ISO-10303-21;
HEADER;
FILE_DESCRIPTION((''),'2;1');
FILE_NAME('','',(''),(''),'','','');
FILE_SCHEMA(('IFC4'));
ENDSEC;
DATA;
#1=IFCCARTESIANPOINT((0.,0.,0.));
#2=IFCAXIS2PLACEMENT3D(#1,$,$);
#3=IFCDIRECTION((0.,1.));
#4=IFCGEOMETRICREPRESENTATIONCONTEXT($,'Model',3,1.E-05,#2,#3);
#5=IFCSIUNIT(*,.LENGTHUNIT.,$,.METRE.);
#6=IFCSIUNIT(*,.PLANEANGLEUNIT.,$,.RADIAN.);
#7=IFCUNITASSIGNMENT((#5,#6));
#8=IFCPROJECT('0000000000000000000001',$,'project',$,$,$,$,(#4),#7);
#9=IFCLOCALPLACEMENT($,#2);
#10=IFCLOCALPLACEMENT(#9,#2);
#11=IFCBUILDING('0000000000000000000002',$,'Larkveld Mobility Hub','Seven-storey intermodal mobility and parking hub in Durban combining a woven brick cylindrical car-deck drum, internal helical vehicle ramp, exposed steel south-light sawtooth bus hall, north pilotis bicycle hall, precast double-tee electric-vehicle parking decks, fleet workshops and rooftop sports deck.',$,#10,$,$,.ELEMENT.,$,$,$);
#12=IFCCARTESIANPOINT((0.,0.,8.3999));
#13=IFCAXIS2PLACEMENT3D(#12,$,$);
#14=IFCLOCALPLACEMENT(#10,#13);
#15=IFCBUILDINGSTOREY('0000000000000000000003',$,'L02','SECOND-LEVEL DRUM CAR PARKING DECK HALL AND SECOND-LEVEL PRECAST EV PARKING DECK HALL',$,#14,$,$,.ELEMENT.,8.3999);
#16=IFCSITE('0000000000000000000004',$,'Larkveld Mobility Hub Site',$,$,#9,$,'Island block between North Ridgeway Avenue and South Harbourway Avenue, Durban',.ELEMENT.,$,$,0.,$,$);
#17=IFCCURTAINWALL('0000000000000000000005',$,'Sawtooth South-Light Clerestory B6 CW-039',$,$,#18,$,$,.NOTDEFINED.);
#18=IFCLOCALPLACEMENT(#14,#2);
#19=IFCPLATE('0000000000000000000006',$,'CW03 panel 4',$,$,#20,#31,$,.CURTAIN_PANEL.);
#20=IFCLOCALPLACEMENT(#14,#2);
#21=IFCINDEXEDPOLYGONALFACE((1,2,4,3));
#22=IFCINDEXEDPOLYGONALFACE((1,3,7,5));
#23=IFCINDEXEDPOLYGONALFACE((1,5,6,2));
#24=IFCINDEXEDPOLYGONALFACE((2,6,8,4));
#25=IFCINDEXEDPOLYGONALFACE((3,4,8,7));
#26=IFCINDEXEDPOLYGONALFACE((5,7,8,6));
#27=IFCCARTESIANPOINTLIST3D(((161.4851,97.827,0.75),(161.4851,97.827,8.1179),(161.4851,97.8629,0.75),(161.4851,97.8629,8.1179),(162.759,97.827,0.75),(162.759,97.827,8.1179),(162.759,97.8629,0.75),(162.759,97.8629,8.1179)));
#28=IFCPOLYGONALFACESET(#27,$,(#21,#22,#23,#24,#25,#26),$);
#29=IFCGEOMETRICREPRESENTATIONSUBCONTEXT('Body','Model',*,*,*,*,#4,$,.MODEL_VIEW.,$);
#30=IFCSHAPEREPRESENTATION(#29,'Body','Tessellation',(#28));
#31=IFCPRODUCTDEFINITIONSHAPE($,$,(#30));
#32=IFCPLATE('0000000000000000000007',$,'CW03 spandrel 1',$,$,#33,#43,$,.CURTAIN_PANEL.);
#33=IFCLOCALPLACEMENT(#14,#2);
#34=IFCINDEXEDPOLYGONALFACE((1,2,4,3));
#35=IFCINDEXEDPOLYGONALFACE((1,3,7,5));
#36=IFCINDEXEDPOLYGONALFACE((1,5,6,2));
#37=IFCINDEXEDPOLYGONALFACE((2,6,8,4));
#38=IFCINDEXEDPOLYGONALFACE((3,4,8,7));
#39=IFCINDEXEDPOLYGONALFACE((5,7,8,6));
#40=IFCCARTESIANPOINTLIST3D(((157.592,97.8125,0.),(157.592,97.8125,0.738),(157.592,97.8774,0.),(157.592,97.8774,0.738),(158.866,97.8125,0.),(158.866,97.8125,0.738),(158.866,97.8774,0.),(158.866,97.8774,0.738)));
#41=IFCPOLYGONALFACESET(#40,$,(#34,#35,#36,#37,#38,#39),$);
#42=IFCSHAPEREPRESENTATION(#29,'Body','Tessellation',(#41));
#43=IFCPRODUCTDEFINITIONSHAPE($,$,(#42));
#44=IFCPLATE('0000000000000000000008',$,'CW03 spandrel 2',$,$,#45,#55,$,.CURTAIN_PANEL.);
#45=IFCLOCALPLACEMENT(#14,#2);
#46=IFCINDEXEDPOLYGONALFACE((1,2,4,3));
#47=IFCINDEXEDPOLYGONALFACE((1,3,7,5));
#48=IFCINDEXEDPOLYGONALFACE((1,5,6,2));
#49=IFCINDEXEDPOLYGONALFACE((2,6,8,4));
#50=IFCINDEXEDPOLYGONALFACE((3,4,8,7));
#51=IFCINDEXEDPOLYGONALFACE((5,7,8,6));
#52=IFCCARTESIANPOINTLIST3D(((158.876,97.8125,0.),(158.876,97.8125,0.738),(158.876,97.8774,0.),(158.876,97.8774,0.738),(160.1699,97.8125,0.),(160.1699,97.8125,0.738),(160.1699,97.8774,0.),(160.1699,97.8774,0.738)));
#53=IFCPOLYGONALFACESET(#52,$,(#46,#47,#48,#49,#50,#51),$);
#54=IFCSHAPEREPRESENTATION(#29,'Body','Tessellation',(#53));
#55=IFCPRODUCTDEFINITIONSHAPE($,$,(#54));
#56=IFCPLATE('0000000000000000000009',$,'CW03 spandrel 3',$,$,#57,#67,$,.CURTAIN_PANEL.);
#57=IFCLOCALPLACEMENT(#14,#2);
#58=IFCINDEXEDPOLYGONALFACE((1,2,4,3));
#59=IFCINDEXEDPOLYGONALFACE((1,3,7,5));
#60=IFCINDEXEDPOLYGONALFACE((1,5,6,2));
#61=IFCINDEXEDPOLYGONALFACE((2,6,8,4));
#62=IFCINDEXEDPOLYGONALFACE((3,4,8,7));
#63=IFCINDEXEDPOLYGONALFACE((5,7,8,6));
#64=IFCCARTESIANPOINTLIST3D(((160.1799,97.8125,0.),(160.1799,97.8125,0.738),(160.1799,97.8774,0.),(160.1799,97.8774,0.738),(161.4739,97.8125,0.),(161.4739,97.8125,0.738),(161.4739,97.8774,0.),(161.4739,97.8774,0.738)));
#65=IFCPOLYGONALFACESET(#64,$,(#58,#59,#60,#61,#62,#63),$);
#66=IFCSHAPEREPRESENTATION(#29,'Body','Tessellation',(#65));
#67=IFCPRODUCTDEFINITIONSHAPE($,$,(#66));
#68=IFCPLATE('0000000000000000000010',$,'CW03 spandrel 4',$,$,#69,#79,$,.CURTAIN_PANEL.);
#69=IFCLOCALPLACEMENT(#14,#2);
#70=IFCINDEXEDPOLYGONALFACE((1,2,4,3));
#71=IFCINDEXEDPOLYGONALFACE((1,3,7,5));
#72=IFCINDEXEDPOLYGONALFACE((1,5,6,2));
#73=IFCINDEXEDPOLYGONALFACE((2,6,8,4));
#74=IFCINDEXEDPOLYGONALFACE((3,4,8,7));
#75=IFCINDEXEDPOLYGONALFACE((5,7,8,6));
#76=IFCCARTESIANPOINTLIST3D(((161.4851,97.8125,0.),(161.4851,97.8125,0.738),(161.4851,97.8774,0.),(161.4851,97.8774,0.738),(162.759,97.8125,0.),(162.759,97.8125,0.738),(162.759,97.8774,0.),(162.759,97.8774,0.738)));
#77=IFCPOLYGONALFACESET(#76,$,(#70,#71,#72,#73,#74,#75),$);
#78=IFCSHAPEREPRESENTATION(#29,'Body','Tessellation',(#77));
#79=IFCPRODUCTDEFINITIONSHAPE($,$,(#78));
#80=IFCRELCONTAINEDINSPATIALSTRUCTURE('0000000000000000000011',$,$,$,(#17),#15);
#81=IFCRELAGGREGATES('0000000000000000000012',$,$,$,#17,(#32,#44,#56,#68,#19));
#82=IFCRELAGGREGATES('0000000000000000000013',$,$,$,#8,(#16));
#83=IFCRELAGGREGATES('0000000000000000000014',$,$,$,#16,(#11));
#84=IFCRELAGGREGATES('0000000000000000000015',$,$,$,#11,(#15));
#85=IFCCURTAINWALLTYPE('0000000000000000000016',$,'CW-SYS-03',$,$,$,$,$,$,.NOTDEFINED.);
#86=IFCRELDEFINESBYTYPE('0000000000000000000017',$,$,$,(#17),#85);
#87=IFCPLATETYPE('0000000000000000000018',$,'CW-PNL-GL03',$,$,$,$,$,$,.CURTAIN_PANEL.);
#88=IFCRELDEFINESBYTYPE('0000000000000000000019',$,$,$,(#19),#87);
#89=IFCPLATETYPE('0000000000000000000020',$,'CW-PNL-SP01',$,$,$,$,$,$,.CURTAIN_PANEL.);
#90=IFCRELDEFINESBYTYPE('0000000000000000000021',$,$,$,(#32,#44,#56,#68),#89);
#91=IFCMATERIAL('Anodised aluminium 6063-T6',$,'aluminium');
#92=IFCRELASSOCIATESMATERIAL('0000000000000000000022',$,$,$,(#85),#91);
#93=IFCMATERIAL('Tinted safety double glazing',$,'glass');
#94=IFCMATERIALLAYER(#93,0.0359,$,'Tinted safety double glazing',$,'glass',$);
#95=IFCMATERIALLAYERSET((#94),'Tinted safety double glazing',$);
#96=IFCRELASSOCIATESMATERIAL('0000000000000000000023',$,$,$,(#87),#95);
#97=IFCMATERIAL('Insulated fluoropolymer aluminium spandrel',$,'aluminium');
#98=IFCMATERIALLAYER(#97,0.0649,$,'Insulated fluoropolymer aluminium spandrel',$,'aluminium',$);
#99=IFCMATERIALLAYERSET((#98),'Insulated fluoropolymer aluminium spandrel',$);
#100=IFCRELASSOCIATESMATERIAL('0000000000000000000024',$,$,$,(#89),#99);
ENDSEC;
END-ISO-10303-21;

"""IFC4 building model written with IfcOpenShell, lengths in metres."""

from ifc_helpers import new_model, si_unit, direction, frame, origin, origin_2d, place, context, subcontext, project, spatial, rectangle, extrude, material, layer, layer_set, type_object, element, aggregate, save


model = new_model("IFC4")

# Units and contexts
model_context = context("Model", 3, precision=1e-05, world=origin(), true_north=direction((0.0, 1.0)))
body_context = subcontext(model_context, "Body", "Model", "MODEL_VIEW")
ifc_project = project(units=[si_unit("LENGTHUNIT", "METRE"), si_unit("PLANEANGLEUNIT", "RADIAN")], contexts=[model_context])

# Site, building, storey
site_placement = place(None, origin())
site = spatial("IfcSite", under=ifc_project, at=site_placement, Name="Larkveld Mobility Hub Site", LongName="Island block between North Ridgeway Avenue and South Harbourway Avenue, Durban", CompositionType="ELEMENT", RefElevation=0.0)
building_placement = place(site_placement, origin())
building = spatial("IfcBuilding", under=site, at=building_placement, Name="Larkveld Mobility Hub", Description="Seven-storey intermodal mobility and parking hub in Durban combining a woven brick cylindrical car-deck drum, internal helical vehicle ramp, exposed steel south-light sawtooth bus hall, north pilotis bicycle hall, precast double-tee electric-vehicle parking decks, fleet workshops and rooftop sports deck.", CompositionType="ELEMENT")
storey_placement = place(building_placement, frame((0.0, 0.0, 8.3999)))
storey = spatial("IfcBuildingStorey", under=building, at=storey_placement, Name="L02", Description="SECOND-LEVEL DRUM CAR PARKING DECK HALL AND SECOND-LEVEL PRECAST EV PARKING DECK HALL", CompositionType="ELEMENT", Elevation=8.3999)

# Curtain wall
ifc_material_1 = material(Name="Anodised aluminium 6063-T6", Category="aluminium")
curtain_wall_type = type_object("IfcCurtainWallType", Name="CW-SYS-03", PredefinedType="NOTDEFINED", material=ifc_material_1)
curtain_wall_placement = place(storey_placement, origin())
curtain_wall = element("IfcCurtainWall", 1, at=curtain_wall_placement, inside=storey, type_object=curtain_wall_type, Name="Sawtooth South-Light Clerestory B6 CW-039", PredefinedType="NOTDEFINED")

# Plates
ifc_material_2 = material(Name="Tinted safety double glazing", Category="glass")
ifc_layer_1 = layer(ifc_material_2, 0.0359, Name="Tinted safety double glazing", Category="glass")
ifc_layer_set_1 = layer_set([ifc_layer_1], Name="Tinted safety double glazing")
plate_type_1 = type_object("IfcPlateType", Name="CW-PNL-GL03", PredefinedType="CURTAIN_PANEL", material=ifc_layer_set_1)
plate_1_placement = place(storey_placement, frame((162.1221, 97.845, 0.75), z_axis=(0.0, 0.0, 1.0), x_axis=(1.0, 0.0, 0.0)))
plate_1 = element("IfcPlate", 2, at=plate_1_placement, type_object=plate_type_1, Name="CW03 panel 4", PredefinedType="CURTAIN_PANEL", context=body_context, shape_type="SweptSolid", body=[
    extrude(rectangle(XDim=1.2739, YDim=0.0359, at=origin_2d()), origin(), (0.0, 0.0, 1.0), 7.3679),
])
ifc_material_3 = material(Name="Insulated fluoropolymer aluminium spandrel", Category="aluminium")
ifc_layer_2 = layer(ifc_material_3, 0.0649, Name="Insulated fluoropolymer aluminium spandrel", Category="aluminium")
ifc_layer_set_2 = layer_set([ifc_layer_2], Name="Insulated fluoropolymer aluminium spandrel")
plate_type_2 = type_object("IfcPlateType", Name="CW-PNL-SP01", PredefinedType="CURTAIN_PANEL", material=ifc_layer_set_2)
plate_2_placement = place(storey_placement, frame((158.229, 97.845, 0.0), z_axis=(0.0, 0.0, 1.0), x_axis=(1.0, 0.0, 0.0)))
plate_2 = element("IfcPlate", 3, at=plate_2_placement, type_object=plate_type_2, Name="CW03 spandrel 1", PredefinedType="CURTAIN_PANEL", context=body_context, shape_type="SweptSolid", body=[
    extrude(rectangle(XDim=1.2739, YDim=0.0649, at=origin_2d()), origin(), (0.0, 0.0, 1.0), 0.738),
])
plate_3_placement = place(storey_placement, frame((159.5229, 97.845, 0.0), z_axis=(0.0, 0.0, 1.0), x_axis=(1.0, 0.0, 0.0)))
plate_3 = element("IfcPlate", 4, at=plate_3_placement, type_object=plate_type_2, Name="CW03 spandrel 2", PredefinedType="CURTAIN_PANEL", context=body_context, shape_type="SweptSolid", body=[
    extrude(rectangle(XDim=1.2939, YDim=0.0649, at=origin_2d()), origin(), (0.0, 0.0, 1.0), 0.738),
])
plate_4_placement = place(storey_placement, frame((160.8269, 97.845, 0.0), z_axis=(0.0, 0.0, 1.0), x_axis=(1.0, 0.0, 0.0)))
plate_4 = element("IfcPlate", 5, at=plate_4_placement, type_object=plate_type_2, Name="CW03 spandrel 3", PredefinedType="CURTAIN_PANEL", context=body_context, shape_type="SweptSolid", body=[
    extrude(rectangle(XDim=1.2939, YDim=0.0649, at=origin_2d()), origin(), (0.0, 0.0, 1.0), 0.738),
])
plate_5_placement = place(storey_placement, frame((162.1221, 97.845, 0.0), z_axis=(0.0, 0.0, 1.0), x_axis=(1.0, 0.0, 0.0)))
plate_5 = element("IfcPlate", 6, at=plate_5_placement, type_object=plate_type_2, Name="CW03 spandrel 4", PredefinedType="CURTAIN_PANEL", context=body_context, shape_type="SweptSolid", body=[
    extrude(rectangle(XDim=1.2739, YDim=0.0649, at=origin_2d()), origin(), (0.0, 0.0, 1.0), 0.738),
])
aggregate(curtain_wall, [plate_2, plate_3, plate_4, plate_5, plate_1])

save(model, "model.ifc")
